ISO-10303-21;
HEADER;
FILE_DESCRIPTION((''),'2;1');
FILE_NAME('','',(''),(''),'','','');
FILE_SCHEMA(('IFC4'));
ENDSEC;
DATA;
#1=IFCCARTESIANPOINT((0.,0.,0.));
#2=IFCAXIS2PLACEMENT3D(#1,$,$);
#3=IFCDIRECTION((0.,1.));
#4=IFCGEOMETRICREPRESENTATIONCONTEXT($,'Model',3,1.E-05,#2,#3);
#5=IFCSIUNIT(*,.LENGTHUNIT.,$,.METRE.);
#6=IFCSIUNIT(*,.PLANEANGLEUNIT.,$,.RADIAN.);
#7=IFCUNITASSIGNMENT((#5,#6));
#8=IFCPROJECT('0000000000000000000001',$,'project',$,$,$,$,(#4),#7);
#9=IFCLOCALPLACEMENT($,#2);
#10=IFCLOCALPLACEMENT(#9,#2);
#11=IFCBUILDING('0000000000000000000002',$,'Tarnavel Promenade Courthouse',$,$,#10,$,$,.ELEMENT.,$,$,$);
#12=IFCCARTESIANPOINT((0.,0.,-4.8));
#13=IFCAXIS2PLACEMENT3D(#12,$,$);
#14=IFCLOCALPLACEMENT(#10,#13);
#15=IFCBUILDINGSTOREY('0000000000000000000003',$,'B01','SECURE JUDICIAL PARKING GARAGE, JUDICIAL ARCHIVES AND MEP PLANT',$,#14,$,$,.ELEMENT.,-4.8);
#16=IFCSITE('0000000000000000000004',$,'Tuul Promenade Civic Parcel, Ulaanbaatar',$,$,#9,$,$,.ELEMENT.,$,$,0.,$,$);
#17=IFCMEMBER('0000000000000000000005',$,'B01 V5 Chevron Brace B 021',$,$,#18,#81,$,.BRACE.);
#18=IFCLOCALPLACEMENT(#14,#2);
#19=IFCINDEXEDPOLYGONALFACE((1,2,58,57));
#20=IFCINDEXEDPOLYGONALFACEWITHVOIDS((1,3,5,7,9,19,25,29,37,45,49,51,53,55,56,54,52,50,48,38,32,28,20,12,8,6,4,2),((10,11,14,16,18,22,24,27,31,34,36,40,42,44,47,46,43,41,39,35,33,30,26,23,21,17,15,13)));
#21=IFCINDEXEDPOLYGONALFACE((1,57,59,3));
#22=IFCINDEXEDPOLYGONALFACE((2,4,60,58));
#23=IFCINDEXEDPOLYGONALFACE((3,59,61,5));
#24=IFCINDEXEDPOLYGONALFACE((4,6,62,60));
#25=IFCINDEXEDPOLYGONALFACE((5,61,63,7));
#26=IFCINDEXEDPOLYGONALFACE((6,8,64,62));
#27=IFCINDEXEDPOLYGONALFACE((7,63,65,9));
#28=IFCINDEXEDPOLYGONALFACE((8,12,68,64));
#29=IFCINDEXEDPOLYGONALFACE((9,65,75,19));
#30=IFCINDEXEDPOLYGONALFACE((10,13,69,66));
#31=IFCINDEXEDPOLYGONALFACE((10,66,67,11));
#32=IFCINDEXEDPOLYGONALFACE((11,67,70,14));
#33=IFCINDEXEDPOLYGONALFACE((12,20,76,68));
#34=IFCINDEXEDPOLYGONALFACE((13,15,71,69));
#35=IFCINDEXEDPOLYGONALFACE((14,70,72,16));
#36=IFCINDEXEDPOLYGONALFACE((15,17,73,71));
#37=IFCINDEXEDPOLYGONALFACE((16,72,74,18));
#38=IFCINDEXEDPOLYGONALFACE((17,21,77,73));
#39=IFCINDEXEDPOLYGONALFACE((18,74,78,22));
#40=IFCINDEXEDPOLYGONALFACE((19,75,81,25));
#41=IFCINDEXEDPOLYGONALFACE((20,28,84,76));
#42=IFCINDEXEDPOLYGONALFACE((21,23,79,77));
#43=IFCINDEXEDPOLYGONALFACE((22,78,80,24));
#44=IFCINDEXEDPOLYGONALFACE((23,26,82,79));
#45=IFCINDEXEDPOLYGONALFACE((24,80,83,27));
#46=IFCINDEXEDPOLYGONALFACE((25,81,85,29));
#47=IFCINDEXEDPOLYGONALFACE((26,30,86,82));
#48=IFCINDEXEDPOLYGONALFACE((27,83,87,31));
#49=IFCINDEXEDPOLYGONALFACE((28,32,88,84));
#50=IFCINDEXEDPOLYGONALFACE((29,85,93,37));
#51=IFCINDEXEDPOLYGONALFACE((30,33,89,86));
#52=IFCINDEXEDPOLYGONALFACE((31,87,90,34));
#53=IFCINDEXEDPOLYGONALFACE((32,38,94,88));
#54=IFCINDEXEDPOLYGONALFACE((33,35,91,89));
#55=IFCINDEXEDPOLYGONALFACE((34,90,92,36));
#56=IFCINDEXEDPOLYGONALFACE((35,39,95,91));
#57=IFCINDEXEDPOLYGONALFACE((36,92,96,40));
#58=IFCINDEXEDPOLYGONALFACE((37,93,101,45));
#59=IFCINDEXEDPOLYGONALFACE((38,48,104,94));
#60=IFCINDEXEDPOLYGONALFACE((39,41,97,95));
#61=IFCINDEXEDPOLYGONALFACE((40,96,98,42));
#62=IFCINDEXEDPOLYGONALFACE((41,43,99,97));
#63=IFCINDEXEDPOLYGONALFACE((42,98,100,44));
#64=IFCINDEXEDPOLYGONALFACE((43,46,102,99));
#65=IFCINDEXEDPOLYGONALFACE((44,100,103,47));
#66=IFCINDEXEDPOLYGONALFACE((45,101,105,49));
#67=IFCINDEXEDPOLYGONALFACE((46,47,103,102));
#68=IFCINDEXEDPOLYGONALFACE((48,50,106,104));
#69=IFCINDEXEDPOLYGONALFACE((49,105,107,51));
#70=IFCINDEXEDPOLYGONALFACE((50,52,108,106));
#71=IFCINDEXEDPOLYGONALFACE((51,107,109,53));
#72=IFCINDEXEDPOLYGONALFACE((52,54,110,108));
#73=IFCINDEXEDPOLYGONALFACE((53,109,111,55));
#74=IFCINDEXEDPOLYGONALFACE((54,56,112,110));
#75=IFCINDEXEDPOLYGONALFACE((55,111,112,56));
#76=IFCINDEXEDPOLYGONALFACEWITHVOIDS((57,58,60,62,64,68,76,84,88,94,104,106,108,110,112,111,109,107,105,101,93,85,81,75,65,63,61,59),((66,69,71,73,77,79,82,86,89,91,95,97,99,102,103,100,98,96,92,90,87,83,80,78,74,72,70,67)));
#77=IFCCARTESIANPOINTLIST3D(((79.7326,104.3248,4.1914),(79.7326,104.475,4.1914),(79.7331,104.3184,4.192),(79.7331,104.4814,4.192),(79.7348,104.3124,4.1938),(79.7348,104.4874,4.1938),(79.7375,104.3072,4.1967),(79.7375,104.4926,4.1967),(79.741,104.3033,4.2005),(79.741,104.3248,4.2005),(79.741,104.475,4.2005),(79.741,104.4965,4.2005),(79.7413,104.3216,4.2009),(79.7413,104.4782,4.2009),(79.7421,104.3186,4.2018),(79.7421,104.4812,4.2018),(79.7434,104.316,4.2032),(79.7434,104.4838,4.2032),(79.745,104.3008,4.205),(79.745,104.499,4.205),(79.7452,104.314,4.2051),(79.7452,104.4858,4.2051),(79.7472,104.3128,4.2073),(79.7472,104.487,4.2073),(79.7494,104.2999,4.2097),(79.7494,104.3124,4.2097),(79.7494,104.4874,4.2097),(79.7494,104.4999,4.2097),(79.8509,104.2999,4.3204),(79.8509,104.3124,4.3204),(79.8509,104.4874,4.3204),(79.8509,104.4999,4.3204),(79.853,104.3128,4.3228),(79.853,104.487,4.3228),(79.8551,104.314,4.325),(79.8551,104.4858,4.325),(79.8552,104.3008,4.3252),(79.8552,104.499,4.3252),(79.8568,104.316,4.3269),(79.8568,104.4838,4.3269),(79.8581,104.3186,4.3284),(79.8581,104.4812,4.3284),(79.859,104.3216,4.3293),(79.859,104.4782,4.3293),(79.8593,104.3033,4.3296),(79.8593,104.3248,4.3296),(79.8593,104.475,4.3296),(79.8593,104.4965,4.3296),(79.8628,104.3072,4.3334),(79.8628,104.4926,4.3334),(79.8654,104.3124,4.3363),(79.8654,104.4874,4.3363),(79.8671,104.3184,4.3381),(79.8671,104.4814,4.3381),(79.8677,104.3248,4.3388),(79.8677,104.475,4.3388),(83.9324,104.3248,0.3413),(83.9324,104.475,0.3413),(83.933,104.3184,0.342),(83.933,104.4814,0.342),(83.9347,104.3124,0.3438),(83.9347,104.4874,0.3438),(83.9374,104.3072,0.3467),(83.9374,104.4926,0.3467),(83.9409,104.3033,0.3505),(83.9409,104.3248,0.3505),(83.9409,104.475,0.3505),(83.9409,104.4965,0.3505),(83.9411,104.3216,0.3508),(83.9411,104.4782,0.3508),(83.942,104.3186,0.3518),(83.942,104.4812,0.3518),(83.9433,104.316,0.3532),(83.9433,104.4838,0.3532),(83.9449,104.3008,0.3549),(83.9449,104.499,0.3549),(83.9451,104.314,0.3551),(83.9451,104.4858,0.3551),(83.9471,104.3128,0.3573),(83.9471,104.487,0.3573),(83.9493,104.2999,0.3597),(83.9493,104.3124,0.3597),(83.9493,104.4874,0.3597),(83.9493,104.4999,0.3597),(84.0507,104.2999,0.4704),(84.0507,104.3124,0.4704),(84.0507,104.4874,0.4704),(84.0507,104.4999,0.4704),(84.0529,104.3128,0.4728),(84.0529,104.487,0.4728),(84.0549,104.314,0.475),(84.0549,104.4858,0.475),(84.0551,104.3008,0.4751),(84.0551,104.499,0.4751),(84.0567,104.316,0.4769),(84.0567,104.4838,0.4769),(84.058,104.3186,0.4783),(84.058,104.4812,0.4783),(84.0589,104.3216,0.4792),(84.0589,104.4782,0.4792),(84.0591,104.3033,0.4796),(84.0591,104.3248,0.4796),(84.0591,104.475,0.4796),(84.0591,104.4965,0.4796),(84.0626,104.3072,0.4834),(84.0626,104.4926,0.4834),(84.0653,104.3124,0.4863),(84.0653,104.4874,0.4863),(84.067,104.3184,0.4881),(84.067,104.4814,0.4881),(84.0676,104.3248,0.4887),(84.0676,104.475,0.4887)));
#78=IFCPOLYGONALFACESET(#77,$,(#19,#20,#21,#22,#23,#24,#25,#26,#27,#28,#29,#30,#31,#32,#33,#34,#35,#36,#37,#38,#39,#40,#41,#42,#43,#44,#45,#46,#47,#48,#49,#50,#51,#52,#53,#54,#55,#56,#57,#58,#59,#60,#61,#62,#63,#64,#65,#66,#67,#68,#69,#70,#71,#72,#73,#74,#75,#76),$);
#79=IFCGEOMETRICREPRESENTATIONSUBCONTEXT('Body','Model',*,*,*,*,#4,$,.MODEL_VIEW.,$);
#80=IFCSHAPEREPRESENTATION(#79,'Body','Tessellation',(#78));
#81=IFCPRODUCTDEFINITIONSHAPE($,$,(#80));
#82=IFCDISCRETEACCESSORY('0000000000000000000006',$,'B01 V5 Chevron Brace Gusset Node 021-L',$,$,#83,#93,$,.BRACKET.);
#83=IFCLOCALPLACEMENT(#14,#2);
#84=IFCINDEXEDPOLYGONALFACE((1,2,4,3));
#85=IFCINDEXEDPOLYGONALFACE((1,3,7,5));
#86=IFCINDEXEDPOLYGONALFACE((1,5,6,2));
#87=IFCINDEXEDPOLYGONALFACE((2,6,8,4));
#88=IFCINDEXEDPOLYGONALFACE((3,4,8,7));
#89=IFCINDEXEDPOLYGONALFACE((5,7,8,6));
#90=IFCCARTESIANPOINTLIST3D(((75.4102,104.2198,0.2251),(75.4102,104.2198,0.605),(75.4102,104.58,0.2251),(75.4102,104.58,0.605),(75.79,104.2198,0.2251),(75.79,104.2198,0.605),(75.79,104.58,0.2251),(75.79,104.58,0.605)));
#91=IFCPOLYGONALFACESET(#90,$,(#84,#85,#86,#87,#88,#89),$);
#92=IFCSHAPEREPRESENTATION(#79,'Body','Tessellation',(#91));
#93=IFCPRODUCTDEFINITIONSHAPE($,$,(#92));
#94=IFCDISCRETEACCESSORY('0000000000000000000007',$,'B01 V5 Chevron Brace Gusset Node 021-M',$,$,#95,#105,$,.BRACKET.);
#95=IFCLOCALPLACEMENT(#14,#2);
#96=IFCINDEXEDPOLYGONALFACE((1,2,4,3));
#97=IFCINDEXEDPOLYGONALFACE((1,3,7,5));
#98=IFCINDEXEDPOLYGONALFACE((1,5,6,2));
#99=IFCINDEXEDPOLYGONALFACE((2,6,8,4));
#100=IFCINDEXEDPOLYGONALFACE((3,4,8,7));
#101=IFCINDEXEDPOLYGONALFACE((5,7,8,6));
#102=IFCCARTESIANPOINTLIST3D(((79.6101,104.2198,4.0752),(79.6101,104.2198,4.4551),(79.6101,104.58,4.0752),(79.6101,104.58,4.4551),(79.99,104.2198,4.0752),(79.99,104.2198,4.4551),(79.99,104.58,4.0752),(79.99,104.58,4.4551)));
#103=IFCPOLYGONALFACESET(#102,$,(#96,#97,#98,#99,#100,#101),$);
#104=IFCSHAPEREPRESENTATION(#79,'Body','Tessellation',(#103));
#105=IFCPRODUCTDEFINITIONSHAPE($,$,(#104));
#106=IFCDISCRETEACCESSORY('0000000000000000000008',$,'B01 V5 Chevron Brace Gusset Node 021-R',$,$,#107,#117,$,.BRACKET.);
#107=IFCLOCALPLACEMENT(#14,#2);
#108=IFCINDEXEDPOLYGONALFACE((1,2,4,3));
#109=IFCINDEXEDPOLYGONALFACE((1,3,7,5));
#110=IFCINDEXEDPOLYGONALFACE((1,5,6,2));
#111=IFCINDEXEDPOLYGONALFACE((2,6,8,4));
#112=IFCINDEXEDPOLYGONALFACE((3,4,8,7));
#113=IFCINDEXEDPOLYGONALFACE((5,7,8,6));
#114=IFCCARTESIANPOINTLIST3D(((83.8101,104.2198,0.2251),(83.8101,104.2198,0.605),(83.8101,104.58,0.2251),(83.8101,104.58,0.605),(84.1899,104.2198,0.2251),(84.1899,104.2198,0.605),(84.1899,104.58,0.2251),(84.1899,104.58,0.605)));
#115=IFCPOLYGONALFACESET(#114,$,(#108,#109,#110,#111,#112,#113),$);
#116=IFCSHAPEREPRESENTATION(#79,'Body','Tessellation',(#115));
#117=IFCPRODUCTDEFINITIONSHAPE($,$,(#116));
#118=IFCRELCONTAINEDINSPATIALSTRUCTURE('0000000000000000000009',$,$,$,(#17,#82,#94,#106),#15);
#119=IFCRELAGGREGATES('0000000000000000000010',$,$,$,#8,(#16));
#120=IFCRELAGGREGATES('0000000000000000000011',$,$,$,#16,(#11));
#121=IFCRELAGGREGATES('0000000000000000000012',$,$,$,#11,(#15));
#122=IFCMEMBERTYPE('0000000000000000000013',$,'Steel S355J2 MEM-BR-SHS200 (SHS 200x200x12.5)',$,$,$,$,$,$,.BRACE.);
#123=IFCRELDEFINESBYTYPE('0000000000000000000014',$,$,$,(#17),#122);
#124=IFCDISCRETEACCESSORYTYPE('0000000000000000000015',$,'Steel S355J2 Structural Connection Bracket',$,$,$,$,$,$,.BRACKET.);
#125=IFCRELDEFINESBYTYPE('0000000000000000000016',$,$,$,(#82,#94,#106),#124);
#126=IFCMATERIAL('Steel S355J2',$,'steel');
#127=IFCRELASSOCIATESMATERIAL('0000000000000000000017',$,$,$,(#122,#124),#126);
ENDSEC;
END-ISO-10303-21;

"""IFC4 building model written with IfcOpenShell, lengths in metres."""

from ifc_helpers import new_model, si_unit, direction, frame, origin, origin_2d, place, context, subcontext, project, spatial, rectangle, hollow_rectangle, extrude, material, material_profile, profile_set, type_object, element, save


model = new_model("IFC4")

# Units and contexts
model_context = context("Model", 3, precision=1e-05, world=origin(), true_north=direction((0.0, 1.0)))
body_context = subcontext(model_context, "Body", "Model", "MODEL_VIEW")
ifc_project = project(units=[si_unit("LENGTHUNIT", "METRE"), si_unit("PLANEANGLEUNIT", "RADIAN")], contexts=[model_context])

# Site, building, storey
site_placement = place(None, origin())
site = spatial("IfcSite", under=ifc_project, at=site_placement, Name="Tuul Promenade Civic Parcel, Ulaanbaatar", CompositionType="ELEMENT", RefElevation=0.0)
building_placement = place(site_placement, origin())
building = spatial("IfcBuilding", under=site, at=building_placement, Name="Tarnavel Promenade Courthouse", CompositionType="ELEMENT")
storey_placement = place(building_placement, frame((0.0, 0.0, -4.8)))
storey = spatial("IfcBuildingStorey", under=building, at=storey_placement, Name="B01", Description="SECURE JUDICIAL PARKING GARAGE, JUDICIAL ARCHIVES AND MEP PLANT", CompositionType="ELEMENT", Elevation=-4.8)

# Shared definitions
ifc_material_1 = material(Name="Steel S355J2", Category="steel")

# Member
ifc_material_profile_1 = material_profile(ifc_material_1, hollow_rectangle(XDim=0.2, YDim=0.2, WallThickness=0.0125, InnerFilletRadius=0.0125, OuterFilletRadius=0.0249, at=origin_2d()), Name="SHS 200x200x12.5")
ifc_profile_set_1 = profile_set([ifc_material_profile_1], Name="Steel S355J2")
member_type = type_object("IfcMemberType", Name="Steel S355J2 MEM-BR-SHS200 (SHS 200x200x12.5)", PredefinedType="BRACE", material=ifc_profile_set_1)
for number, where, z_axis, x_axis, name in (
    (1, (84.0, 104.3999, 0.415), (-0.737142, 0.0, 0.675738), (0.0, -1.0, 0.0), "B01 V5 Chevron Brace B 021"),
):
    element("IfcMember", number, at=place(storey_placement, frame(where, z_axis=z_axis, x_axis=x_axis)), inside=storey, type_object=member_type, Name=name, PredefinedType="BRACE", context=body_context, shape_type="SweptSolid", body=[
        extrude(hollow_rectangle(XDim=0.2, YDim=0.2, WallThickness=0.0125, InnerFilletRadius=0.0125, OuterFilletRadius=0.0249, at=origin_2d()), origin(), (0.0, 0.0, 1.0), 5.6975),
    ])

# Discrete accessories
discrete_accessory_type = type_object("IfcDiscreteAccessoryType", Name="Steel S355J2 Structural Connection Bracket", PredefinedType="BRACKET", material=ifc_material_1)
for number, where, z_axis, x_axis, name in (
    (2, (75.6001, 104.3999, 0.2251), (0.0, 0.0, 1.0), (1.0, 0.0, 0.0), "B01 V5 Chevron Brace Gusset Node 021-L"),
    (3, (79.8, 104.3999, 4.0752), (0.0, 0.0, 1.0), (1.0, 0.0, 0.0), "B01 V5 Chevron Brace Gusset Node 021-M"),
    (4, (84.0, 104.3999, 0.2251), (0.0, 0.0, 1.0), (1.0, 0.0, 0.0), "B01 V5 Chevron Brace Gusset Node 021-R"),
):
    element("IfcDiscreteAccessory", number, at=place(storey_placement, frame(where, z_axis=z_axis, x_axis=x_axis)), inside=storey, type_object=discrete_accessory_type, Name=name, PredefinedType="BRACKET", context=body_context, shape_type="SweptSolid", body=[
        extrude(rectangle(XDim=0.3799, YDim=0.3601, at=origin_2d()), origin(), (0.0, 0.0, 1.0), 0.3799),
    ])

save(model, "model.ifc")
